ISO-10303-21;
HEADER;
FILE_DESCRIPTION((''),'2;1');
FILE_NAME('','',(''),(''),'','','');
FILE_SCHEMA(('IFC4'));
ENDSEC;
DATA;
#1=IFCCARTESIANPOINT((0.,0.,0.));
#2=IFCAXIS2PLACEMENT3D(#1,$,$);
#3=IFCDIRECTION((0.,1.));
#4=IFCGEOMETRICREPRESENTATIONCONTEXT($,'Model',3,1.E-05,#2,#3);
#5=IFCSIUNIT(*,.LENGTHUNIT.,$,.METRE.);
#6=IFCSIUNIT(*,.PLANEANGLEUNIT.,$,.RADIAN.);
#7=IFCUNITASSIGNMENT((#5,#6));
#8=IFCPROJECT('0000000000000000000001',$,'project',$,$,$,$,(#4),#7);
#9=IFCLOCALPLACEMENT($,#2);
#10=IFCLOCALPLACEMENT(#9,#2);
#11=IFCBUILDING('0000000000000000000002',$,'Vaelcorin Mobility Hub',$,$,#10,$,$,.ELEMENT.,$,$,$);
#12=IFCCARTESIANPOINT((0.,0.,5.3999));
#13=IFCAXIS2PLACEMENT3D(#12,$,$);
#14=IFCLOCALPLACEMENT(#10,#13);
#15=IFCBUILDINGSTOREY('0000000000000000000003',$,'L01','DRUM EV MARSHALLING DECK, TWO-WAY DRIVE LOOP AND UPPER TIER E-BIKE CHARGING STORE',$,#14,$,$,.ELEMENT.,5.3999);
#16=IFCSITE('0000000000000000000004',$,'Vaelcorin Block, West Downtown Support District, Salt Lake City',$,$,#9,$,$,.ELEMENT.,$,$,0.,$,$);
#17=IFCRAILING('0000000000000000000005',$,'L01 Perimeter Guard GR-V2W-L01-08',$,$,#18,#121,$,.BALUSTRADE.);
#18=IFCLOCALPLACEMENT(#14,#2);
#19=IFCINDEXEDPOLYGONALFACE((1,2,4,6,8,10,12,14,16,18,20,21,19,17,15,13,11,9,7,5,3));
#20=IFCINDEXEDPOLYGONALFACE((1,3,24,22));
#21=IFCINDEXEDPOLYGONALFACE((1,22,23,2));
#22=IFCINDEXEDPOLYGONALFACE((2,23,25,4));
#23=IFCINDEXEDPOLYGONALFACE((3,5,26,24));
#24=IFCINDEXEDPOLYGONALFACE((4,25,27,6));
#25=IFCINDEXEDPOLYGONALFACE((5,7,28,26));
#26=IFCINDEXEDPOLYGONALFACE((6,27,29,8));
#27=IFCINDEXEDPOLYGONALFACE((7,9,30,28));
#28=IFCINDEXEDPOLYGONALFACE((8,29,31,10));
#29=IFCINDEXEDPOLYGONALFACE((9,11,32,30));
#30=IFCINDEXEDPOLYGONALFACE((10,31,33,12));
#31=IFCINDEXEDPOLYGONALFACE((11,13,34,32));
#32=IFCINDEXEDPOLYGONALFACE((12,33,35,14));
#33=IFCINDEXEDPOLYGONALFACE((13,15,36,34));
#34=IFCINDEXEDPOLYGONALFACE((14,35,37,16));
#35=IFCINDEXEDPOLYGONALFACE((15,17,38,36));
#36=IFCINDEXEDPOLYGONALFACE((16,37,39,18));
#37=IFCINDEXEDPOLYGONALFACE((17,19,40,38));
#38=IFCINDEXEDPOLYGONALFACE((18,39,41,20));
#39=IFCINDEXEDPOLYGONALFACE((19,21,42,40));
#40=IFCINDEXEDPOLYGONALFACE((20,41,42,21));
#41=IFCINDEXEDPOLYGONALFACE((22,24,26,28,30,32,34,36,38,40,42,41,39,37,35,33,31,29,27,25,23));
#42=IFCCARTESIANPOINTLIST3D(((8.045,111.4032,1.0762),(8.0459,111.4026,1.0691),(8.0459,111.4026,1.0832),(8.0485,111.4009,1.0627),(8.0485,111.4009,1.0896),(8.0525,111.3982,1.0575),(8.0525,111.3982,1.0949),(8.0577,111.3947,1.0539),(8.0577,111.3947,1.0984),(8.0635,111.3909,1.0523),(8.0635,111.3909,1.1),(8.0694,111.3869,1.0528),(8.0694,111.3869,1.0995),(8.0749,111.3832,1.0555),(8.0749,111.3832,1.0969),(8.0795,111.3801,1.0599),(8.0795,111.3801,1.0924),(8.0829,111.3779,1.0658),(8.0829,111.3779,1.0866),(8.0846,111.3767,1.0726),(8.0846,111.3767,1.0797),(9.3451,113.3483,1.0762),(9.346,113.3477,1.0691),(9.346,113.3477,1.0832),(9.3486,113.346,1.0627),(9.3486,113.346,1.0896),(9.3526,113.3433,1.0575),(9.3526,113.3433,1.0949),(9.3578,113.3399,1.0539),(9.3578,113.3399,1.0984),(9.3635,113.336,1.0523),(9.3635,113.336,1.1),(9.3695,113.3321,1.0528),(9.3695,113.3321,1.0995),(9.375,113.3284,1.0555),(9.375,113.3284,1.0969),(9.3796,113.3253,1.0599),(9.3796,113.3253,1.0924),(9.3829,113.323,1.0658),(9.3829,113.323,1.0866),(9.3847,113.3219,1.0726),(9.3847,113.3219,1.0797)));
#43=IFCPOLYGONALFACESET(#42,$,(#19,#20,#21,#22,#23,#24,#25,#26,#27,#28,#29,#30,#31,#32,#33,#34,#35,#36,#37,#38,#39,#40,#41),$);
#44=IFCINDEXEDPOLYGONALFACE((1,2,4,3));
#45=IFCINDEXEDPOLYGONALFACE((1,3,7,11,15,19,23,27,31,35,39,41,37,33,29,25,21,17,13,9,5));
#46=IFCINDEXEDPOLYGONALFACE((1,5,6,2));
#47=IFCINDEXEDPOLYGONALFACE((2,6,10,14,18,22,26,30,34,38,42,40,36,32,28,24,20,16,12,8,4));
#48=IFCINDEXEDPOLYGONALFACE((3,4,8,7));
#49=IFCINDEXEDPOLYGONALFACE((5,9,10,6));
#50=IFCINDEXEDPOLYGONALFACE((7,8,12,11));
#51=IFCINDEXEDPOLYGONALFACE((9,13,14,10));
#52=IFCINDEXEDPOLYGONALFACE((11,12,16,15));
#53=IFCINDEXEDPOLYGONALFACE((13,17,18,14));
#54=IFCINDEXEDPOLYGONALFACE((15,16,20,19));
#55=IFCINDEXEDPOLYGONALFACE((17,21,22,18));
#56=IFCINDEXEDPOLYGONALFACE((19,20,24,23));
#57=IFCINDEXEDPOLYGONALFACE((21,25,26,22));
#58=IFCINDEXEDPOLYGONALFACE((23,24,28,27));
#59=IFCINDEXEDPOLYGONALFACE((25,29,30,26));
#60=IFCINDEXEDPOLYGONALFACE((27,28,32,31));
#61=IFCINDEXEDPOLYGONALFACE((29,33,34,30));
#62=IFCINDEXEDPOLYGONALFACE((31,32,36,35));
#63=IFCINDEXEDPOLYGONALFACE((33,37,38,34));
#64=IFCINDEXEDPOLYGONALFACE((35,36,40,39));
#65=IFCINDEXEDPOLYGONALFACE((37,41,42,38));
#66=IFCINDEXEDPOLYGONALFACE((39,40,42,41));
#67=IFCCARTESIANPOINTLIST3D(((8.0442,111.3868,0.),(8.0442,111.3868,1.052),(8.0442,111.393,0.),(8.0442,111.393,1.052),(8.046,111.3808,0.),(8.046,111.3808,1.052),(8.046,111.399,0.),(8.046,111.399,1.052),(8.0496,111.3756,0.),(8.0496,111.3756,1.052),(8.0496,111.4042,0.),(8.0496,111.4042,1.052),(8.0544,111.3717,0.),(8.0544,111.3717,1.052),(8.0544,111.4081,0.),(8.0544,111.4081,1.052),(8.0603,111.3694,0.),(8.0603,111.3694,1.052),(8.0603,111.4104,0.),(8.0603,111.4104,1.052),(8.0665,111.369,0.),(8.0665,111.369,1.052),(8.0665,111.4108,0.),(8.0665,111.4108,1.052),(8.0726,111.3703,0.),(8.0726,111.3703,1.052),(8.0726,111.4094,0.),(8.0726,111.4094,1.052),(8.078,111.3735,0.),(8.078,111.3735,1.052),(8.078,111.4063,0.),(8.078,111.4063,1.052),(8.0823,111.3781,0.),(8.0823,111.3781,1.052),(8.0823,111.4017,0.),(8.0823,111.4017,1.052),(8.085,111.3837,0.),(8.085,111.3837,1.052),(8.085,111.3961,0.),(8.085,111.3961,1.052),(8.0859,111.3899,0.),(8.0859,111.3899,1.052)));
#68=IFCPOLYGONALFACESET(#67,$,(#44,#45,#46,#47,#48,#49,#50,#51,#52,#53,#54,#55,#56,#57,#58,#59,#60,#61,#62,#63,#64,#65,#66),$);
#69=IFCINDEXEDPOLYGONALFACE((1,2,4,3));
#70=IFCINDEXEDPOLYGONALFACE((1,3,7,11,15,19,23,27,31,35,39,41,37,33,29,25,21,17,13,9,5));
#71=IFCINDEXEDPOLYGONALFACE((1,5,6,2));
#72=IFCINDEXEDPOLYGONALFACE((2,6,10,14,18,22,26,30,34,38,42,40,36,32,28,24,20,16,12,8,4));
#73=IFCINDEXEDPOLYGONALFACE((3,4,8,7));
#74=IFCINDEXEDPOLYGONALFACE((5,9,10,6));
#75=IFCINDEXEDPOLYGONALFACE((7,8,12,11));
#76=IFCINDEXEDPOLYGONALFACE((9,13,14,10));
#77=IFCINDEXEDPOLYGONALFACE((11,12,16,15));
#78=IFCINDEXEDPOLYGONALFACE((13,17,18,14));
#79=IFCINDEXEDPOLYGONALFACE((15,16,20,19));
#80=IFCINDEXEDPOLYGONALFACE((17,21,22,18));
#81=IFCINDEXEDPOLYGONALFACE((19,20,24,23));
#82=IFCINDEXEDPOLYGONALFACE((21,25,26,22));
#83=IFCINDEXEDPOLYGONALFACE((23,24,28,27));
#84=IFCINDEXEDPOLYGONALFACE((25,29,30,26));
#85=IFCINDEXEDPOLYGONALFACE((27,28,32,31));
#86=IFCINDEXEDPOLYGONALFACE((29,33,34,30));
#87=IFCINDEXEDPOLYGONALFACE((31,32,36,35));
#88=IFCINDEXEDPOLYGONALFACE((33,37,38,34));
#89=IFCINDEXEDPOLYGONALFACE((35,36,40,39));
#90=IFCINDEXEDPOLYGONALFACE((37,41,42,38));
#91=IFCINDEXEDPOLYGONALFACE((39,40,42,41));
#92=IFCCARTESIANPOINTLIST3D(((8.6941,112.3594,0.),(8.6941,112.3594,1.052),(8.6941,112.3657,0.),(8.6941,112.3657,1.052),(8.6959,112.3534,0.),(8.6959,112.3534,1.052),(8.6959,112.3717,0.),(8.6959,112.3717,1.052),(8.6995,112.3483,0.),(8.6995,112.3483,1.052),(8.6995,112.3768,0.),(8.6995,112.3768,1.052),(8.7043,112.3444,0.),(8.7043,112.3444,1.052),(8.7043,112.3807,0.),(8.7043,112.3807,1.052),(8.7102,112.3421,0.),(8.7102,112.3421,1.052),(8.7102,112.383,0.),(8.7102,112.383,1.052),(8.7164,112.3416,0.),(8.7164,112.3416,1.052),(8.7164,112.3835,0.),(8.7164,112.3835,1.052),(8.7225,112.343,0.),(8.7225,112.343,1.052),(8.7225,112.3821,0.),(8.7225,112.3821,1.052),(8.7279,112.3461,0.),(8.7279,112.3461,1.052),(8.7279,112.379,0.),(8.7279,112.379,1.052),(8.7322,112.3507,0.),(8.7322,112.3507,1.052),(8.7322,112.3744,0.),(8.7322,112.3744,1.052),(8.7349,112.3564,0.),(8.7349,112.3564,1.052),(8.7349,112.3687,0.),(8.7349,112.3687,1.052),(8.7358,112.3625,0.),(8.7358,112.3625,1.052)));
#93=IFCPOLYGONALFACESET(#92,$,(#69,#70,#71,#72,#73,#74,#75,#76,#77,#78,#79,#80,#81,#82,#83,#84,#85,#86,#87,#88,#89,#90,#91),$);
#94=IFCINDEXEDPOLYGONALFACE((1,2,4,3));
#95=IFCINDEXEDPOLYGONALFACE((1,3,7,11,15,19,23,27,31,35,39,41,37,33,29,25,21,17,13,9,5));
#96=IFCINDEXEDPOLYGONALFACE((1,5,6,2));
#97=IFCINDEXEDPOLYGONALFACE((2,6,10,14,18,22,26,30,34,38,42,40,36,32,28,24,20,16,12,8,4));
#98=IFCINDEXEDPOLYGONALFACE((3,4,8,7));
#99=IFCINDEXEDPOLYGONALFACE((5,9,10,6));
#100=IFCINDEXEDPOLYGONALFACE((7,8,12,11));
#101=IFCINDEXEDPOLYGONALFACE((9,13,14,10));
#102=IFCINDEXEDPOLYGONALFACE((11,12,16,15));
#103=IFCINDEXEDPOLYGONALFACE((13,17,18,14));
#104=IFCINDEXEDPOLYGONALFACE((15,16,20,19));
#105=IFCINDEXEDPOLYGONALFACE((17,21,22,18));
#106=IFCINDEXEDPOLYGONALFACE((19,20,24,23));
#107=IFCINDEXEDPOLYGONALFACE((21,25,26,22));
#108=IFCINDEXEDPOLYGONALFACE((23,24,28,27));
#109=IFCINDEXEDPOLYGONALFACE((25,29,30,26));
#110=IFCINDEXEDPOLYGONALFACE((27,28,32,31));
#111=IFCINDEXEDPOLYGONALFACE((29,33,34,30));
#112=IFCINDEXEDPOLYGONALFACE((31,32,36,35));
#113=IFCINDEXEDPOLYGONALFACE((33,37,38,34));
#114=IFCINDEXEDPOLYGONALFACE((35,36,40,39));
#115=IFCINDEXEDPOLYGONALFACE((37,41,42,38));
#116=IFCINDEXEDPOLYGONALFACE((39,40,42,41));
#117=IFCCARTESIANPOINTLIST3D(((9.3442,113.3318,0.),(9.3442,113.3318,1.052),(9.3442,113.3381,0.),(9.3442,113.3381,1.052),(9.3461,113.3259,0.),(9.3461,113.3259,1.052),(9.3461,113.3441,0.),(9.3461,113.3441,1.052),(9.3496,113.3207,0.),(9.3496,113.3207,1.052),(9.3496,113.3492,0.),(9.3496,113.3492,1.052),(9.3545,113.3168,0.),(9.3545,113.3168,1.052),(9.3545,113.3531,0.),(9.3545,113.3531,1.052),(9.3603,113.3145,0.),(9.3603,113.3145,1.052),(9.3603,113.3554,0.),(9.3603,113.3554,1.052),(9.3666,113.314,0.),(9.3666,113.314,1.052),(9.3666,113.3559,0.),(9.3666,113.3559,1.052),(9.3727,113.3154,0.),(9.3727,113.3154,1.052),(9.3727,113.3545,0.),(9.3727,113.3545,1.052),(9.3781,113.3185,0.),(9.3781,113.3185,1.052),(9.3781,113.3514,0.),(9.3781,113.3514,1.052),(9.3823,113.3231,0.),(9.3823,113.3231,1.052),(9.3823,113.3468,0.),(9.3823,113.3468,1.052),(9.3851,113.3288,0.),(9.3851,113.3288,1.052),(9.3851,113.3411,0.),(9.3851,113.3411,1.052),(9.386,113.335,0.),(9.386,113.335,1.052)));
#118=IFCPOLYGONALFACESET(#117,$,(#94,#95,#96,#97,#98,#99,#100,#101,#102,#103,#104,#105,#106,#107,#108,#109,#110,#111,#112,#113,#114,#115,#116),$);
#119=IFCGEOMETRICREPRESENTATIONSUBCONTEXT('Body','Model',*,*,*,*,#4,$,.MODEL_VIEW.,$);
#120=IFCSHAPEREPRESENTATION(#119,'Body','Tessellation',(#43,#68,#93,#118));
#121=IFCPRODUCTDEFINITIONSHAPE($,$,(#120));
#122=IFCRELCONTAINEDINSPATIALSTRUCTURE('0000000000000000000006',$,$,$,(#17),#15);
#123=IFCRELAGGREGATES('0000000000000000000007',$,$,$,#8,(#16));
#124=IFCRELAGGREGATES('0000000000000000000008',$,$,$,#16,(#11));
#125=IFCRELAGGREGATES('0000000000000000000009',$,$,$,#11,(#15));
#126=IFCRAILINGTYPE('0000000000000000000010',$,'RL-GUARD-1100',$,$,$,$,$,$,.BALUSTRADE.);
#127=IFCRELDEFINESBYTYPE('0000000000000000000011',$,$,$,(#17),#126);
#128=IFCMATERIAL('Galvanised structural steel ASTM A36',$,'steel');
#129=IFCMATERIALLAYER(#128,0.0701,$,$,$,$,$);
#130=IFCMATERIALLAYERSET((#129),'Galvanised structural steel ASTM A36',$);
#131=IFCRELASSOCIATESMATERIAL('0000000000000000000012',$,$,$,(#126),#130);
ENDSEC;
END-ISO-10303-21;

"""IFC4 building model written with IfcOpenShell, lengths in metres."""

from ifc_helpers import new_model, si_unit, direction, frame, origin, origin_2d, place, context, subcontext, project, spatial, circle, extrude, material, layer, layer_set, type_object, element, save


model = new_model("IFC4")

# Units and contexts
model_context = context("Model", 3, precision=1e-05, world=origin(), true_north=direction((0.0, 1.0)))
body_context = subcontext(model_context, "Body", "Model", "MODEL_VIEW")
ifc_project = project(units=[si_unit("LENGTHUNIT", "METRE"), si_unit("PLANEANGLEUNIT", "RADIAN")], contexts=[model_context])

# Site, building, storey
site_placement = place(None, origin())
site = spatial("IfcSite", under=ifc_project, at=site_placement, Name="Vaelcorin Block, West Downtown Support District, Salt Lake City", CompositionType="ELEMENT", RefElevation=0.0)
building_placement = place(site_placement, origin())
building = spatial("IfcBuilding", under=site, at=building_placement, Name="Vaelcorin Mobility Hub", CompositionType="ELEMENT")
storey_placement = place(building_placement, frame((0.0, 0.0, 5.3999)))
storey = spatial("IfcBuildingStorey", under=building, at=storey_placement, Name="L01", Description="DRUM EV MARSHALLING DECK, TWO-WAY DRIVE LOOP AND UPPER TIER E-BIKE CHARGING STORE", CompositionType="ELEMENT", Elevation=5.3999)

# Railing
ifc_material_1 = material(Name="Galvanised structural steel ASTM A36", Category="steel")
ifc_layer_1 = layer(ifc_material_1, 0.0701)
ifc_layer_set_1 = layer_set([ifc_layer_1], Name="Galvanised structural steel ASTM A36")
railing_type = type_object("IfcRailingType", Name="RL-GUARD-1100", PredefinedType="BALUSTRADE", material=ifc_layer_set_1)
railing_1_placement = place(storey_placement, frame((8.0649, 111.3899, 0.0)))
element("IfcRailing", 1, at=railing_1_placement, inside=storey, type_object=railing_type, Name="L01 Perimeter Guard GR-V2W-L01-08", PredefinedType="BALUSTRADE", context=body_context, shape_type="SweptSolid", body=[
    extrude(circle(Radius=0.0239, at=origin_2d()), frame((0.0, 0.0, 1.0762), z_axis=(0.555687, 0.831391, 0.0), x_axis=(-0.831391, 0.555687, 0.0)), (0.0, 0.0, 1.0), 2.3396),
    extrude(circle(Radius=0.021, at=origin_2d()), origin(), (0.0, 0.0, 1.0), 1.052),
    extrude(circle(Radius=0.021, at=origin_2d()), frame((0.6499, 0.9727, 0.0)), (0.0, 0.0, 1.0), 1.052),
    extrude(circle(Radius=0.021, at=origin_2d()), frame((1.3, 1.9451, 0.0)), (0.0, 0.0, 1.0), 1.052),
])

save(model, "model.ifc")
